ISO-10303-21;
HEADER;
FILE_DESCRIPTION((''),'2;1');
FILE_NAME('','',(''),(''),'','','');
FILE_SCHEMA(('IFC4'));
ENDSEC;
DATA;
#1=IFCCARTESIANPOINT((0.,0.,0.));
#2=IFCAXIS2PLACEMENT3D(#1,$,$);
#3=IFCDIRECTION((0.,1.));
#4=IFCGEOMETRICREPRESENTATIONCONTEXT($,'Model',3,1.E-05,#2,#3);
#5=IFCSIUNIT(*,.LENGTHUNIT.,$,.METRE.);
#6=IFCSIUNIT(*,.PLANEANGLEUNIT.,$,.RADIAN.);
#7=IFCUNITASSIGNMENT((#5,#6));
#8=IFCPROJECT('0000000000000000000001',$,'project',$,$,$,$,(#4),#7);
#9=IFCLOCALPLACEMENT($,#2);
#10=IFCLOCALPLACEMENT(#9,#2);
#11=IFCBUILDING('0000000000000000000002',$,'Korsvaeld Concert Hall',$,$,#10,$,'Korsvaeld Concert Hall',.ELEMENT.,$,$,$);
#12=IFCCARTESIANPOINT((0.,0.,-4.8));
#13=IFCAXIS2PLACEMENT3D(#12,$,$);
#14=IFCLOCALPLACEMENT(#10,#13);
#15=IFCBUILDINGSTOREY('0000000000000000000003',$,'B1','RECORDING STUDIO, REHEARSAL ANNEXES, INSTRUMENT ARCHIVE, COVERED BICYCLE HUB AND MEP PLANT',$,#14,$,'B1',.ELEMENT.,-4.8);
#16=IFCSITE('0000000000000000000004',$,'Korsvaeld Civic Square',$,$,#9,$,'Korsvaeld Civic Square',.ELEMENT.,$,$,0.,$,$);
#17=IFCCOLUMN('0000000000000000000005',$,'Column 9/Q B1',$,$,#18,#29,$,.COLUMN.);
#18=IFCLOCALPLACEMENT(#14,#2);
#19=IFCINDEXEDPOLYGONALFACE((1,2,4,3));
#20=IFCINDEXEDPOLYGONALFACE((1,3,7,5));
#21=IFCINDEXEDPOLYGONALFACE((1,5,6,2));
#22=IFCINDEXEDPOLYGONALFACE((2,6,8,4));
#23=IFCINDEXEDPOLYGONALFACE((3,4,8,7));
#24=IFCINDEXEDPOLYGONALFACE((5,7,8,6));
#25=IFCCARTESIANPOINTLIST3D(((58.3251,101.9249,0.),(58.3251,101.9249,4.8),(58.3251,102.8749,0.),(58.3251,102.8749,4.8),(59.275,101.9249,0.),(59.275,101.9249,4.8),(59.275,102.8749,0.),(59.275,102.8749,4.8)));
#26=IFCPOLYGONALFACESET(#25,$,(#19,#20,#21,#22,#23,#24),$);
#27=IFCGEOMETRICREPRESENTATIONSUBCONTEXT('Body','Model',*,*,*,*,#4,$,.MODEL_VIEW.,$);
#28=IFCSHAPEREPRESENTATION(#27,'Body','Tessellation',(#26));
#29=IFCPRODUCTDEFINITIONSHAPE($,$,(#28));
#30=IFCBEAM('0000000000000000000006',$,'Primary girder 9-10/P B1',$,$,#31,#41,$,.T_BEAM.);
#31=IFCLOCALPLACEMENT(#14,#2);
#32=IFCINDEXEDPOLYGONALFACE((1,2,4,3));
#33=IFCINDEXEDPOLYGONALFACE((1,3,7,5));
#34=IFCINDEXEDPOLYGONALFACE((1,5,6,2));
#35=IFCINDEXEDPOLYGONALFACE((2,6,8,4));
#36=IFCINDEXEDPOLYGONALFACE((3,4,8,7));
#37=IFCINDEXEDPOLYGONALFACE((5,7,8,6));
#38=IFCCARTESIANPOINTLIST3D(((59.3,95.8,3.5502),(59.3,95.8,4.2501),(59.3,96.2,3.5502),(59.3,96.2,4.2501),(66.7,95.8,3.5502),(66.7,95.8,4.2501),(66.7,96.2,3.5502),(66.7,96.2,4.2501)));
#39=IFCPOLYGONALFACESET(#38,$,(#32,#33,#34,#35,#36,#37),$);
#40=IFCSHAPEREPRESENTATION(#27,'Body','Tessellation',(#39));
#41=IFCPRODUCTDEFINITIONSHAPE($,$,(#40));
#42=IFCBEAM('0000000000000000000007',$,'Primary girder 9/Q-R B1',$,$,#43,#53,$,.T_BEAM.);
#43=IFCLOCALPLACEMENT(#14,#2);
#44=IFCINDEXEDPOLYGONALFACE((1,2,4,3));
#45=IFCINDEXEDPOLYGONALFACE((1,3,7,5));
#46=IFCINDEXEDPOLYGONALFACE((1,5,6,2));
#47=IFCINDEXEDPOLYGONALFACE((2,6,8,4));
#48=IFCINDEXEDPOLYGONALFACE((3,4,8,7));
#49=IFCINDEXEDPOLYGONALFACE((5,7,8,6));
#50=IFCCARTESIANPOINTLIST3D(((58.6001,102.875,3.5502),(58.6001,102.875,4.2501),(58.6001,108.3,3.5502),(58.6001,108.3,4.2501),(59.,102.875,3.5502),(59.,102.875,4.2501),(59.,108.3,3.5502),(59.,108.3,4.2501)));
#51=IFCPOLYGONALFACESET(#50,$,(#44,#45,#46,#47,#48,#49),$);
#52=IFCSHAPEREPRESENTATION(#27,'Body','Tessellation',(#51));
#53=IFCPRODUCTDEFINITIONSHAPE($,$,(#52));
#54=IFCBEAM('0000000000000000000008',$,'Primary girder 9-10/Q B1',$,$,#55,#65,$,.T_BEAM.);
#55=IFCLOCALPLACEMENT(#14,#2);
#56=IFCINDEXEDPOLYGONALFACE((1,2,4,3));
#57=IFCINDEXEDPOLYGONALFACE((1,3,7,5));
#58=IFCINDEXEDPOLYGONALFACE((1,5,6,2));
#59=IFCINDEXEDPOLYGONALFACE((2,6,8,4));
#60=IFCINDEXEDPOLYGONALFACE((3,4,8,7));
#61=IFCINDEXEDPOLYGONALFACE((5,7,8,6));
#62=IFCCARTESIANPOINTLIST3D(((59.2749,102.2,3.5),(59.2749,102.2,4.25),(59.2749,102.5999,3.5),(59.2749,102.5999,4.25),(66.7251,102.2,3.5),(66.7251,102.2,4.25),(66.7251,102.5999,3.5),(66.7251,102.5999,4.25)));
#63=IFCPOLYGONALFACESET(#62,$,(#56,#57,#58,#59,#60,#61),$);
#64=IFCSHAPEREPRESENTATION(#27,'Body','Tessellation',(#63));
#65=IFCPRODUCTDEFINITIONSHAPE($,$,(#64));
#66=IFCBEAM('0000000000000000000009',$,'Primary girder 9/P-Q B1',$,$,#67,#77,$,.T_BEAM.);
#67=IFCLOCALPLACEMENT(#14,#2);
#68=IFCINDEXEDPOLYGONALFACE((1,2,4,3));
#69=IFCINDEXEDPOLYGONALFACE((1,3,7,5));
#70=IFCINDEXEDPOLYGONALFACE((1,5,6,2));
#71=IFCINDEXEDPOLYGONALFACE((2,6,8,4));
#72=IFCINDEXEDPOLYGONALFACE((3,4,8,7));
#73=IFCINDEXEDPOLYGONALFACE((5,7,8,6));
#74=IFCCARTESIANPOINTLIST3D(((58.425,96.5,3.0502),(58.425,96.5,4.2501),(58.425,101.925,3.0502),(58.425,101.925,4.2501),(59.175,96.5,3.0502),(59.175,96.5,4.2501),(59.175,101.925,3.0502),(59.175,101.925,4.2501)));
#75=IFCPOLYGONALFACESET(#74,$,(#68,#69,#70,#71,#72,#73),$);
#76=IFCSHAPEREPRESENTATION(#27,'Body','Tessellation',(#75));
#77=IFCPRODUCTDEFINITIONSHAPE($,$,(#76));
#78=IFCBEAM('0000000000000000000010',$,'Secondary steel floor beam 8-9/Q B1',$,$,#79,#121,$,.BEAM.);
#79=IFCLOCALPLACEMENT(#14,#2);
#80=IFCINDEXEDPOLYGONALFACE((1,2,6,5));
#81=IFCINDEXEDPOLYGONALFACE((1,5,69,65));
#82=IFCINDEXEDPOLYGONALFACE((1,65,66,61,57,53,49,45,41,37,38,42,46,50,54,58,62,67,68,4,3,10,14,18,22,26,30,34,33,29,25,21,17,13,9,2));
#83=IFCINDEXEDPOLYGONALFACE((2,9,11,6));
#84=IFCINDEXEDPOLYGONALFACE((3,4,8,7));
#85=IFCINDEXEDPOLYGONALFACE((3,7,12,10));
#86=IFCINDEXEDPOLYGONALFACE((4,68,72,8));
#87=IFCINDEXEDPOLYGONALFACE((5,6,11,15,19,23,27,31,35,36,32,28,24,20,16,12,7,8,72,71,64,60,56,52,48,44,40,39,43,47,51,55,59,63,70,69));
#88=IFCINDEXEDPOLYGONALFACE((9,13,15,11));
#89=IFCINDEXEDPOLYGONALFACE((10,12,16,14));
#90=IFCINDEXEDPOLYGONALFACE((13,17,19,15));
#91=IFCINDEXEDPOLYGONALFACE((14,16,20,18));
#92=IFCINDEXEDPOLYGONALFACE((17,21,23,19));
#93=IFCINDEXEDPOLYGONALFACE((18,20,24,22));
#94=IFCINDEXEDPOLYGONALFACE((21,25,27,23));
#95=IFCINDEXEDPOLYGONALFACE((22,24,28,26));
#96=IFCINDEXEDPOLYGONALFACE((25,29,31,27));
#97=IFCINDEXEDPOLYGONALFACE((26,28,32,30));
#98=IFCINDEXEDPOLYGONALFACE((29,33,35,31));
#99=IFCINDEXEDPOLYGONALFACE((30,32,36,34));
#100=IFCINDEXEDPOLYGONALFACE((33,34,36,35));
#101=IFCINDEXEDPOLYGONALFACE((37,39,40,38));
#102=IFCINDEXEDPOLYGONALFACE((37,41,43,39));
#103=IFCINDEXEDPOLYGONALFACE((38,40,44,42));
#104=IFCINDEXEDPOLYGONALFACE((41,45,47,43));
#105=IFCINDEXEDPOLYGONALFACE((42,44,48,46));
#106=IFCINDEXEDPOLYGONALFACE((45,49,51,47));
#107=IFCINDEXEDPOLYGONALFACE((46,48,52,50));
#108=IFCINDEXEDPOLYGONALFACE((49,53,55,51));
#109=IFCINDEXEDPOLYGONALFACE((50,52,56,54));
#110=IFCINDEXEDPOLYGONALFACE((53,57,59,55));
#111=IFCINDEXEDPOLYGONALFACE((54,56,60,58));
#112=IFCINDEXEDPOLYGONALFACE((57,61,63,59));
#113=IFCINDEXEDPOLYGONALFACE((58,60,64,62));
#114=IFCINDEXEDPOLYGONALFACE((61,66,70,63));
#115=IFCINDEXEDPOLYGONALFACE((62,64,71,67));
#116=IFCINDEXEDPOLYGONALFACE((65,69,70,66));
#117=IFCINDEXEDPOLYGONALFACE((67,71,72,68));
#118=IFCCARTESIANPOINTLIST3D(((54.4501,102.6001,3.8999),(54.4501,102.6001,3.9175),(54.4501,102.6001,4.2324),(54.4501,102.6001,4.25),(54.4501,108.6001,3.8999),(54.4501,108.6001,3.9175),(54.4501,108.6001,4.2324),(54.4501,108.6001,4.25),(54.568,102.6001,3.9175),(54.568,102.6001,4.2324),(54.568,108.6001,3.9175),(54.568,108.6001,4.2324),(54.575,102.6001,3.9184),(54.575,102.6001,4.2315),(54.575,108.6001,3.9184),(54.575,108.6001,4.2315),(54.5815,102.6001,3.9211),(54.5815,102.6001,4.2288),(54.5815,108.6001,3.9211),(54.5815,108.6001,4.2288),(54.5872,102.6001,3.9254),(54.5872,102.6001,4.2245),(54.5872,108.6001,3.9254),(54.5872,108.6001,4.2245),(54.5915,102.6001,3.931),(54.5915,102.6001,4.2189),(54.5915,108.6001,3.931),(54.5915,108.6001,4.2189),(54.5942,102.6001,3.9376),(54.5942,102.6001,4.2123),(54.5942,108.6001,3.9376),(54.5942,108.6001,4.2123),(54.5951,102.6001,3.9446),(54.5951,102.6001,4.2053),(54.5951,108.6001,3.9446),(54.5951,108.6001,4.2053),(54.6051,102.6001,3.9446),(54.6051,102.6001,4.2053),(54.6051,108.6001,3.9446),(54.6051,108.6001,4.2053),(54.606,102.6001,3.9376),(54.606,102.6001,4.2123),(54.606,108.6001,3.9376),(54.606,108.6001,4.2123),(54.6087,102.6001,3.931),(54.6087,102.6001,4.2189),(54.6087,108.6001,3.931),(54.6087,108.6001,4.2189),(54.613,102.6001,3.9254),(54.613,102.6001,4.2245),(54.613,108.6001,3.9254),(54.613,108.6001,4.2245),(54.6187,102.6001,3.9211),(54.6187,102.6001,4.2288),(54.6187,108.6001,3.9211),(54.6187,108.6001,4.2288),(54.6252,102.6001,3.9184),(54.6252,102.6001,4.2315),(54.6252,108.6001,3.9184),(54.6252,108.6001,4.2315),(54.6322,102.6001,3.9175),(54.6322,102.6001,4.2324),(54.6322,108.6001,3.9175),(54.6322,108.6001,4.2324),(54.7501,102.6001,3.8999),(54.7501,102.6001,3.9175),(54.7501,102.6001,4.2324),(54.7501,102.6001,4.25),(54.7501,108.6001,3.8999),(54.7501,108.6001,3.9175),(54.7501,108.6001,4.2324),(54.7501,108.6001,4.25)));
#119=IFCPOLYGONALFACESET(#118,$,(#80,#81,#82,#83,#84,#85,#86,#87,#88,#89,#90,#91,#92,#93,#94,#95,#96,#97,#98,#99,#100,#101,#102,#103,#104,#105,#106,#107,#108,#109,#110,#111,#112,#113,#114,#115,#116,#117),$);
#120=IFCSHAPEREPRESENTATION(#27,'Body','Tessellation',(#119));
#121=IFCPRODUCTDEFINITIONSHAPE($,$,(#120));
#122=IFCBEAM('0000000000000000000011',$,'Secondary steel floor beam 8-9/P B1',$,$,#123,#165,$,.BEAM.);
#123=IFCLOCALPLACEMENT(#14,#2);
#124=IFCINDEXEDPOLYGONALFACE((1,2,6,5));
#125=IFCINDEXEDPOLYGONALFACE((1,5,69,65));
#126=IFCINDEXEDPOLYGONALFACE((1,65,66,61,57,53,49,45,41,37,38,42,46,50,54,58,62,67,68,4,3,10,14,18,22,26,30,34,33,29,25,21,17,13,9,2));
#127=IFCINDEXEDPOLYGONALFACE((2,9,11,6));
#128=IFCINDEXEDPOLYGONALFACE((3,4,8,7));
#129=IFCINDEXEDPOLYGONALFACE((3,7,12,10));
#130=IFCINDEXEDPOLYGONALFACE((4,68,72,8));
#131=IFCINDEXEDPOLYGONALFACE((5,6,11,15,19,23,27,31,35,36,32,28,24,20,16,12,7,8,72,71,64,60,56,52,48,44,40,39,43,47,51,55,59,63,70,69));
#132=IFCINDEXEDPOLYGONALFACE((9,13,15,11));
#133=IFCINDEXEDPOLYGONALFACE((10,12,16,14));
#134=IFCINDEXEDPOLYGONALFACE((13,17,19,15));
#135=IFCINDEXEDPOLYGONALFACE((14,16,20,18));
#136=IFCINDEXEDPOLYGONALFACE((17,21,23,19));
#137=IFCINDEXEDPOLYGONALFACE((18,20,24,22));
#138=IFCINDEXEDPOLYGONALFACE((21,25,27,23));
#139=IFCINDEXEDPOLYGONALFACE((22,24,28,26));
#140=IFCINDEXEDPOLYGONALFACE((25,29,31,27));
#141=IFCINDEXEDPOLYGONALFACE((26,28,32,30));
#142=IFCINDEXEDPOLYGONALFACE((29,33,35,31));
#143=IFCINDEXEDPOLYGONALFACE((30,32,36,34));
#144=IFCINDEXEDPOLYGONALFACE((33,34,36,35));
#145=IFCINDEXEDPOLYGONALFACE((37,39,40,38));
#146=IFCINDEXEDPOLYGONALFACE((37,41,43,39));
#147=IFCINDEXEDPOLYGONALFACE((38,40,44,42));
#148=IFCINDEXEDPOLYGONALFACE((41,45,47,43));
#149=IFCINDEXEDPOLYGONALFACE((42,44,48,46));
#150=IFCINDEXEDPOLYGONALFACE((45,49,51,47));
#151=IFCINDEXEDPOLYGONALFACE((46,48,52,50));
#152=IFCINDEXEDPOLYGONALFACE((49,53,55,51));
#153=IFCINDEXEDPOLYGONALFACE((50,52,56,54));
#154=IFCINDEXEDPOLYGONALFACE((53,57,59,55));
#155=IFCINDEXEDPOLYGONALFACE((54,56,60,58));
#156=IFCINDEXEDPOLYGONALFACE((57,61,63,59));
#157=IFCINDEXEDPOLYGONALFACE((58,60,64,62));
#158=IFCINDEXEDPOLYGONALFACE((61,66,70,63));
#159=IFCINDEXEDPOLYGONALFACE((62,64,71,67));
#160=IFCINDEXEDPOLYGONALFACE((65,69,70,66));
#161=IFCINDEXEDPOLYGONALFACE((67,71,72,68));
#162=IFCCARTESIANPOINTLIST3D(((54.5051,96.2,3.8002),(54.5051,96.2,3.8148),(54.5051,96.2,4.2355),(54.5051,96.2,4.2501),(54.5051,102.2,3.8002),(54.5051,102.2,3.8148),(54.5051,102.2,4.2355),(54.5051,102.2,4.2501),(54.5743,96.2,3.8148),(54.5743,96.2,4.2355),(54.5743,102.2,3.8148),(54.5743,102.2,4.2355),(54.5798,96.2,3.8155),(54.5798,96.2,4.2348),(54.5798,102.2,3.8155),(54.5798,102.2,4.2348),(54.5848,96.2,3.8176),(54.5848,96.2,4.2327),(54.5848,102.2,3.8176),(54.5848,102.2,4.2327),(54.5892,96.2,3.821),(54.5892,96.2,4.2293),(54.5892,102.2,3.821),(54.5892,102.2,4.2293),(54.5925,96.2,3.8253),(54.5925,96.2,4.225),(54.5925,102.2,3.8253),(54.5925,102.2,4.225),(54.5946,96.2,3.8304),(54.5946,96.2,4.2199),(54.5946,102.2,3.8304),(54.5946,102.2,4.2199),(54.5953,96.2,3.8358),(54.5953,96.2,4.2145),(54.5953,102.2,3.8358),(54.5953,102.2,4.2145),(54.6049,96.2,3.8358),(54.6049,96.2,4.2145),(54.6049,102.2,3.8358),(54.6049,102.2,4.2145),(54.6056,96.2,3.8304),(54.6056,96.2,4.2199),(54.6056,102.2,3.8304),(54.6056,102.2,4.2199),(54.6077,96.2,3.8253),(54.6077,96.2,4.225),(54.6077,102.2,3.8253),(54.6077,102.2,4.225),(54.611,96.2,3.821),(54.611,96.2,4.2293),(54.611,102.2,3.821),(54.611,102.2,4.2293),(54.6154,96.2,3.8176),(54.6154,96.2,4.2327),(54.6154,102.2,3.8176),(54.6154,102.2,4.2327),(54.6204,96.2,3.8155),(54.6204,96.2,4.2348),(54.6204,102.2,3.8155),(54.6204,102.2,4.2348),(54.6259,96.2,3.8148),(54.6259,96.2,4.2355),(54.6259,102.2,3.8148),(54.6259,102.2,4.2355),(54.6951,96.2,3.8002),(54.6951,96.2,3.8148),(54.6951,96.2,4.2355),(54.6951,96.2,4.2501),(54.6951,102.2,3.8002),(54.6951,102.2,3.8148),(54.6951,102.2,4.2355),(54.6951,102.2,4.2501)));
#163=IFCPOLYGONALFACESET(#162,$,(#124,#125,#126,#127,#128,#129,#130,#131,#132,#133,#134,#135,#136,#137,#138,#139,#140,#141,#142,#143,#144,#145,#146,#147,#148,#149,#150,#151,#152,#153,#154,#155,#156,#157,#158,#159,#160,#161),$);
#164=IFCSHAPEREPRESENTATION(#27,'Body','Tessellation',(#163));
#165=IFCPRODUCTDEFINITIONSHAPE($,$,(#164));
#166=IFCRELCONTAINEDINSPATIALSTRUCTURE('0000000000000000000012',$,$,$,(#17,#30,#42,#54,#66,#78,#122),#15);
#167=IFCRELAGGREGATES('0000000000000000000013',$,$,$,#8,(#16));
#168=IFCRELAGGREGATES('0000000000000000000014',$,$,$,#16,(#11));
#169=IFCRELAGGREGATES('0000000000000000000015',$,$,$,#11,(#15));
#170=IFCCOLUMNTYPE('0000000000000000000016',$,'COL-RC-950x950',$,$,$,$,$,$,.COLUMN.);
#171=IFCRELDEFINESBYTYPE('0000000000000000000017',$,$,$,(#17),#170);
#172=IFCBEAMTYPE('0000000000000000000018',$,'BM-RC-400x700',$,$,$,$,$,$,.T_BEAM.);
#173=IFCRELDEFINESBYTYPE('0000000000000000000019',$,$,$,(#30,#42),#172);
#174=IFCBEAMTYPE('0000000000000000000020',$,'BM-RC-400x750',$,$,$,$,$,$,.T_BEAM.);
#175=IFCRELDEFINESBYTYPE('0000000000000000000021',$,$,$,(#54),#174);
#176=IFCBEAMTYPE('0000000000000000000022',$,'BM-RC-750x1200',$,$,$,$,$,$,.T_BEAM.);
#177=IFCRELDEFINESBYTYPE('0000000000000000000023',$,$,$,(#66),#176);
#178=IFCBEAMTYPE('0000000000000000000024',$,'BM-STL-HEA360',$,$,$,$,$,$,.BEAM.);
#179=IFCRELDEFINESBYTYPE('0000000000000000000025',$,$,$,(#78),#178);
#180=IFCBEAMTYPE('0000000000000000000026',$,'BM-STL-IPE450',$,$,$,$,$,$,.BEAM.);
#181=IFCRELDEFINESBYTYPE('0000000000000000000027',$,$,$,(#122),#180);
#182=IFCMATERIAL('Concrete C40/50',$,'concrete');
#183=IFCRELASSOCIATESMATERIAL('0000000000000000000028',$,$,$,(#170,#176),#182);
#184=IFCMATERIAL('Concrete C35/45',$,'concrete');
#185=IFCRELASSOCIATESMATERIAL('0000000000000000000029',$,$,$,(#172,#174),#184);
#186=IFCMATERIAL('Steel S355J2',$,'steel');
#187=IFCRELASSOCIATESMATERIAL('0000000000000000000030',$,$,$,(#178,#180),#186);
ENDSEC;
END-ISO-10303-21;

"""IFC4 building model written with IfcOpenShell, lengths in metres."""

from ifc_helpers import new_model, si_unit, direction, frame, origin, origin_2d, place, context, subcontext, project, spatial, rectangle, i_section, extrude, material, material_profile, profile_set, type_object, element, save


model = new_model("IFC4")

# Units and contexts
model_context = context("Model", 3, precision=1e-05, world=origin(), true_north=direction((0.0, 1.0)))
body_context = subcontext(model_context, "Body", "Model", "MODEL_VIEW")
ifc_project = project(units=[si_unit("LENGTHUNIT", "METRE"), si_unit("PLANEANGLEUNIT", "RADIAN")], contexts=[model_context])

# Site, building, storey
site_placement = place(None, origin())
site = spatial("IfcSite", under=ifc_project, at=site_placement, Name="Korsvaeld Civic Square", LongName="Korsvaeld Civic Square", CompositionType="ELEMENT", RefElevation=0.0)
building_placement = place(site_placement, origin())
building = spatial("IfcBuilding", under=site, at=building_placement, Name="Korsvaeld Concert Hall", LongName="Korsvaeld Concert Hall", CompositionType="ELEMENT")
storey_placement = place(building_placement, frame((0.0, 0.0, -4.8)))
storey = spatial("IfcBuildingStorey", under=building, at=storey_placement, Name="B1", Description="RECORDING STUDIO, REHEARSAL ANNEXES, INSTRUMENT ARCHIVE, COVERED BICYCLE HUB AND MEP PLANT", LongName="B1", CompositionType="ELEMENT", Elevation=-4.8)

# Shared definitions
ifc_material_1 = material(Name="Concrete C35/45", Category="concrete")

# Shared definitions
ifc_material_2 = material(Name="Concrete C40/50", Category="concrete")

# Column
ifc_material_profile_1 = material_profile(ifc_material_2, rectangle(XDim=0.95, YDim=0.95, at=origin_2d()), Name="RC 950x950")
ifc_profile_set_1 = profile_set([ifc_material_profile_1], Name="Concrete C40/50")
column_type_1 = type_object("IfcColumnType", Name="COL-RC-950x950", PredefinedType="COLUMN", material=ifc_profile_set_1)
column_1_placement = place(storey_placement, frame((58.8, 102.3999, 0.0), z_axis=(0.0, 0.0, 1.0), x_axis=(1.0, 0.0, 0.0)))
element("IfcColumn", 1, at=column_1_placement, inside=storey, type_object=column_type_1, Name="Column 9/Q B1", PredefinedType="COLUMN", context=body_context, shape_type="SweptSolid", body=[
    extrude(rectangle(XDim=0.95, YDim=0.95, at=origin_2d()), origin(), (0.0, 0.0, 1.0), 4.8),
])

# Beams
ifc_material_profile_2 = material_profile(ifc_material_1, rectangle(XDim=0.3999, YDim=0.7, at=origin_2d()), Name="RC 400x700")
ifc_profile_set_2 = profile_set([ifc_material_profile_2], Name="Concrete C35/45")
beam_type_1 = type_object("IfcBeamType", Name="BM-RC-400x700", PredefinedType="T_BEAM", material=ifc_profile_set_2)
beam_1_placement = place(storey_placement, frame((59.3, 96.0, 3.9001), z_axis=(1.0, 0.0, 0.0), x_axis=(0.0, 1.0, 0.0)))
element("IfcBeam", 2, at=beam_1_placement, inside=storey, type_object=beam_type_1, Name="Primary girder 9-10/P B1", PredefinedType="T_BEAM", context=body_context, shape_type="SweptSolid", body=[
    extrude(rectangle(XDim=0.3999, YDim=0.7, at=origin_2d()), origin(), (0.0, 0.0, 1.0), 7.3999),
])
beam_2_placement = place(storey_placement, frame((58.8, 102.875, 3.9001), z_axis=(0.0, 1.0, 0.0), x_axis=(-1.0, 0.0, 0.0)))
element("IfcBeam", 3, at=beam_2_placement, inside=storey, type_object=beam_type_1, Name="Primary girder 9/Q-R B1", PredefinedType="T_BEAM", context=body_context, shape_type="SweptSolid", body=[
    extrude(rectangle(XDim=0.3999, YDim=0.7, at=origin_2d()), origin(), (0.0, 0.0, 1.0), 5.425),
])
ifc_material_profile_3 = material_profile(ifc_material_1, rectangle(XDim=0.3999, YDim=0.75, at=origin_2d()), Name="RC 400x750")
ifc_profile_set_3 = profile_set([ifc_material_profile_3], Name="Concrete C35/45")
beam_type_2 = type_object("IfcBeamType", Name="BM-RC-400x750", PredefinedType="T_BEAM", material=ifc_profile_set_3)
beam_3_placement = place(storey_placement, frame((59.2749, 102.3999, 3.875), z_axis=(1.0, 0.0, 0.0), x_axis=(0.0, 1.0, 0.0)))
element("IfcBeam", 4, at=beam_3_placement, inside=storey, type_object=beam_type_2, Name="Primary girder 9-10/Q B1", PredefinedType="T_BEAM", context=body_context, shape_type="SweptSolid", body=[
    extrude(rectangle(XDim=0.3999, YDim=0.75, at=origin_2d()), origin(), (0.0, 0.0, 1.0), 7.4502),
])
ifc_material_profile_4 = material_profile(ifc_material_2, rectangle(XDim=0.75, YDim=1.2, at=origin_2d()), Name="RC 750x1200")
ifc_profile_set_4 = profile_set([ifc_material_profile_4], Name="Concrete C40/50")
beam_type_3 = type_object("IfcBeamType", Name="BM-RC-750x1200", PredefinedType="T_BEAM", material=ifc_profile_set_4)
beam_4_placement = place(storey_placement, frame((58.8, 96.5, 3.6501), z_axis=(0.0, 1.0, 0.0), x_axis=(-1.0, 0.0, 0.0)))
element("IfcBeam", 5, at=beam_4_placement, inside=storey, type_object=beam_type_3, Name="Primary girder 9/P-Q B1", PredefinedType="T_BEAM", context=body_context, shape_type="SweptSolid", body=[
    extrude(rectangle(XDim=0.75, YDim=1.2, at=origin_2d()), origin(), (0.0, 0.0, 1.0), 5.425),
])
ifc_material_3 = material(Name="Steel S355J2", Category="steel")
ifc_material_profile_5 = material_profile(ifc_material_3, i_section(OverallWidth=0.3, OverallDepth=0.3501, WebThickness=0.01, FlangeThickness=0.0176, FilletRadius=0.0271, at=origin_2d()), Name="HEA 360")
ifc_profile_set_5 = profile_set([ifc_material_profile_5], Name="Steel S355J2")
beam_type_4 = type_object("IfcBeamType", Name="BM-STL-HEA360", PredefinedType="BEAM", material=ifc_profile_set_5)
beam_5_placement = place(storey_placement, frame((54.6001, 102.6001, 4.075), z_axis=(0.0, 1.0, 0.0), x_axis=(-1.0, 0.0, 0.0)))
element("IfcBeam", 6, at=beam_5_placement, inside=storey, type_object=beam_type_4, Name="Secondary steel floor beam 8-9/Q B1", PredefinedType="BEAM", context=body_context, shape_type="SweptSolid", body=[
    extrude(i_section(OverallWidth=0.3, OverallDepth=0.3501, WebThickness=0.01, FlangeThickness=0.0176, FilletRadius=0.0271, at=origin_2d()), origin(), (0.0, 0.0, 1.0), 6.0),
])
ifc_material_profile_6 = material_profile(ifc_material_3, i_section(OverallWidth=0.1899, OverallDepth=0.45, WebThickness=0.0095, FlangeThickness=0.0146, FilletRadius=0.021, at=origin_2d()), Name="IPE 450")
ifc_profile_set_6 = profile_set([ifc_material_profile_6], Name="Steel S355J2")
beam_type_5 = type_object("IfcBeamType", Name="BM-STL-IPE450", PredefinedType="BEAM", material=ifc_profile_set_6)
beam_6_placement = place(storey_placement, frame((54.6001, 96.2, 4.0251), z_axis=(0.0, 1.0, 0.0), x_axis=(-1.0, 0.0, 0.0)))
element("IfcBeam", 7, at=beam_6_placement, inside=storey, type_object=beam_type_5, Name="Secondary steel floor beam 8-9/P B1", PredefinedType="BEAM", context=body_context, shape_type="SweptSolid", body=[
    extrude(i_section(OverallWidth=0.1899, OverallDepth=0.45, WebThickness=0.0095, FlangeThickness=0.0146, FilletRadius=0.021, at=origin_2d()), origin(), (0.0, 0.0, 1.0), 6.0),
])

save(model, "model.ifc")
